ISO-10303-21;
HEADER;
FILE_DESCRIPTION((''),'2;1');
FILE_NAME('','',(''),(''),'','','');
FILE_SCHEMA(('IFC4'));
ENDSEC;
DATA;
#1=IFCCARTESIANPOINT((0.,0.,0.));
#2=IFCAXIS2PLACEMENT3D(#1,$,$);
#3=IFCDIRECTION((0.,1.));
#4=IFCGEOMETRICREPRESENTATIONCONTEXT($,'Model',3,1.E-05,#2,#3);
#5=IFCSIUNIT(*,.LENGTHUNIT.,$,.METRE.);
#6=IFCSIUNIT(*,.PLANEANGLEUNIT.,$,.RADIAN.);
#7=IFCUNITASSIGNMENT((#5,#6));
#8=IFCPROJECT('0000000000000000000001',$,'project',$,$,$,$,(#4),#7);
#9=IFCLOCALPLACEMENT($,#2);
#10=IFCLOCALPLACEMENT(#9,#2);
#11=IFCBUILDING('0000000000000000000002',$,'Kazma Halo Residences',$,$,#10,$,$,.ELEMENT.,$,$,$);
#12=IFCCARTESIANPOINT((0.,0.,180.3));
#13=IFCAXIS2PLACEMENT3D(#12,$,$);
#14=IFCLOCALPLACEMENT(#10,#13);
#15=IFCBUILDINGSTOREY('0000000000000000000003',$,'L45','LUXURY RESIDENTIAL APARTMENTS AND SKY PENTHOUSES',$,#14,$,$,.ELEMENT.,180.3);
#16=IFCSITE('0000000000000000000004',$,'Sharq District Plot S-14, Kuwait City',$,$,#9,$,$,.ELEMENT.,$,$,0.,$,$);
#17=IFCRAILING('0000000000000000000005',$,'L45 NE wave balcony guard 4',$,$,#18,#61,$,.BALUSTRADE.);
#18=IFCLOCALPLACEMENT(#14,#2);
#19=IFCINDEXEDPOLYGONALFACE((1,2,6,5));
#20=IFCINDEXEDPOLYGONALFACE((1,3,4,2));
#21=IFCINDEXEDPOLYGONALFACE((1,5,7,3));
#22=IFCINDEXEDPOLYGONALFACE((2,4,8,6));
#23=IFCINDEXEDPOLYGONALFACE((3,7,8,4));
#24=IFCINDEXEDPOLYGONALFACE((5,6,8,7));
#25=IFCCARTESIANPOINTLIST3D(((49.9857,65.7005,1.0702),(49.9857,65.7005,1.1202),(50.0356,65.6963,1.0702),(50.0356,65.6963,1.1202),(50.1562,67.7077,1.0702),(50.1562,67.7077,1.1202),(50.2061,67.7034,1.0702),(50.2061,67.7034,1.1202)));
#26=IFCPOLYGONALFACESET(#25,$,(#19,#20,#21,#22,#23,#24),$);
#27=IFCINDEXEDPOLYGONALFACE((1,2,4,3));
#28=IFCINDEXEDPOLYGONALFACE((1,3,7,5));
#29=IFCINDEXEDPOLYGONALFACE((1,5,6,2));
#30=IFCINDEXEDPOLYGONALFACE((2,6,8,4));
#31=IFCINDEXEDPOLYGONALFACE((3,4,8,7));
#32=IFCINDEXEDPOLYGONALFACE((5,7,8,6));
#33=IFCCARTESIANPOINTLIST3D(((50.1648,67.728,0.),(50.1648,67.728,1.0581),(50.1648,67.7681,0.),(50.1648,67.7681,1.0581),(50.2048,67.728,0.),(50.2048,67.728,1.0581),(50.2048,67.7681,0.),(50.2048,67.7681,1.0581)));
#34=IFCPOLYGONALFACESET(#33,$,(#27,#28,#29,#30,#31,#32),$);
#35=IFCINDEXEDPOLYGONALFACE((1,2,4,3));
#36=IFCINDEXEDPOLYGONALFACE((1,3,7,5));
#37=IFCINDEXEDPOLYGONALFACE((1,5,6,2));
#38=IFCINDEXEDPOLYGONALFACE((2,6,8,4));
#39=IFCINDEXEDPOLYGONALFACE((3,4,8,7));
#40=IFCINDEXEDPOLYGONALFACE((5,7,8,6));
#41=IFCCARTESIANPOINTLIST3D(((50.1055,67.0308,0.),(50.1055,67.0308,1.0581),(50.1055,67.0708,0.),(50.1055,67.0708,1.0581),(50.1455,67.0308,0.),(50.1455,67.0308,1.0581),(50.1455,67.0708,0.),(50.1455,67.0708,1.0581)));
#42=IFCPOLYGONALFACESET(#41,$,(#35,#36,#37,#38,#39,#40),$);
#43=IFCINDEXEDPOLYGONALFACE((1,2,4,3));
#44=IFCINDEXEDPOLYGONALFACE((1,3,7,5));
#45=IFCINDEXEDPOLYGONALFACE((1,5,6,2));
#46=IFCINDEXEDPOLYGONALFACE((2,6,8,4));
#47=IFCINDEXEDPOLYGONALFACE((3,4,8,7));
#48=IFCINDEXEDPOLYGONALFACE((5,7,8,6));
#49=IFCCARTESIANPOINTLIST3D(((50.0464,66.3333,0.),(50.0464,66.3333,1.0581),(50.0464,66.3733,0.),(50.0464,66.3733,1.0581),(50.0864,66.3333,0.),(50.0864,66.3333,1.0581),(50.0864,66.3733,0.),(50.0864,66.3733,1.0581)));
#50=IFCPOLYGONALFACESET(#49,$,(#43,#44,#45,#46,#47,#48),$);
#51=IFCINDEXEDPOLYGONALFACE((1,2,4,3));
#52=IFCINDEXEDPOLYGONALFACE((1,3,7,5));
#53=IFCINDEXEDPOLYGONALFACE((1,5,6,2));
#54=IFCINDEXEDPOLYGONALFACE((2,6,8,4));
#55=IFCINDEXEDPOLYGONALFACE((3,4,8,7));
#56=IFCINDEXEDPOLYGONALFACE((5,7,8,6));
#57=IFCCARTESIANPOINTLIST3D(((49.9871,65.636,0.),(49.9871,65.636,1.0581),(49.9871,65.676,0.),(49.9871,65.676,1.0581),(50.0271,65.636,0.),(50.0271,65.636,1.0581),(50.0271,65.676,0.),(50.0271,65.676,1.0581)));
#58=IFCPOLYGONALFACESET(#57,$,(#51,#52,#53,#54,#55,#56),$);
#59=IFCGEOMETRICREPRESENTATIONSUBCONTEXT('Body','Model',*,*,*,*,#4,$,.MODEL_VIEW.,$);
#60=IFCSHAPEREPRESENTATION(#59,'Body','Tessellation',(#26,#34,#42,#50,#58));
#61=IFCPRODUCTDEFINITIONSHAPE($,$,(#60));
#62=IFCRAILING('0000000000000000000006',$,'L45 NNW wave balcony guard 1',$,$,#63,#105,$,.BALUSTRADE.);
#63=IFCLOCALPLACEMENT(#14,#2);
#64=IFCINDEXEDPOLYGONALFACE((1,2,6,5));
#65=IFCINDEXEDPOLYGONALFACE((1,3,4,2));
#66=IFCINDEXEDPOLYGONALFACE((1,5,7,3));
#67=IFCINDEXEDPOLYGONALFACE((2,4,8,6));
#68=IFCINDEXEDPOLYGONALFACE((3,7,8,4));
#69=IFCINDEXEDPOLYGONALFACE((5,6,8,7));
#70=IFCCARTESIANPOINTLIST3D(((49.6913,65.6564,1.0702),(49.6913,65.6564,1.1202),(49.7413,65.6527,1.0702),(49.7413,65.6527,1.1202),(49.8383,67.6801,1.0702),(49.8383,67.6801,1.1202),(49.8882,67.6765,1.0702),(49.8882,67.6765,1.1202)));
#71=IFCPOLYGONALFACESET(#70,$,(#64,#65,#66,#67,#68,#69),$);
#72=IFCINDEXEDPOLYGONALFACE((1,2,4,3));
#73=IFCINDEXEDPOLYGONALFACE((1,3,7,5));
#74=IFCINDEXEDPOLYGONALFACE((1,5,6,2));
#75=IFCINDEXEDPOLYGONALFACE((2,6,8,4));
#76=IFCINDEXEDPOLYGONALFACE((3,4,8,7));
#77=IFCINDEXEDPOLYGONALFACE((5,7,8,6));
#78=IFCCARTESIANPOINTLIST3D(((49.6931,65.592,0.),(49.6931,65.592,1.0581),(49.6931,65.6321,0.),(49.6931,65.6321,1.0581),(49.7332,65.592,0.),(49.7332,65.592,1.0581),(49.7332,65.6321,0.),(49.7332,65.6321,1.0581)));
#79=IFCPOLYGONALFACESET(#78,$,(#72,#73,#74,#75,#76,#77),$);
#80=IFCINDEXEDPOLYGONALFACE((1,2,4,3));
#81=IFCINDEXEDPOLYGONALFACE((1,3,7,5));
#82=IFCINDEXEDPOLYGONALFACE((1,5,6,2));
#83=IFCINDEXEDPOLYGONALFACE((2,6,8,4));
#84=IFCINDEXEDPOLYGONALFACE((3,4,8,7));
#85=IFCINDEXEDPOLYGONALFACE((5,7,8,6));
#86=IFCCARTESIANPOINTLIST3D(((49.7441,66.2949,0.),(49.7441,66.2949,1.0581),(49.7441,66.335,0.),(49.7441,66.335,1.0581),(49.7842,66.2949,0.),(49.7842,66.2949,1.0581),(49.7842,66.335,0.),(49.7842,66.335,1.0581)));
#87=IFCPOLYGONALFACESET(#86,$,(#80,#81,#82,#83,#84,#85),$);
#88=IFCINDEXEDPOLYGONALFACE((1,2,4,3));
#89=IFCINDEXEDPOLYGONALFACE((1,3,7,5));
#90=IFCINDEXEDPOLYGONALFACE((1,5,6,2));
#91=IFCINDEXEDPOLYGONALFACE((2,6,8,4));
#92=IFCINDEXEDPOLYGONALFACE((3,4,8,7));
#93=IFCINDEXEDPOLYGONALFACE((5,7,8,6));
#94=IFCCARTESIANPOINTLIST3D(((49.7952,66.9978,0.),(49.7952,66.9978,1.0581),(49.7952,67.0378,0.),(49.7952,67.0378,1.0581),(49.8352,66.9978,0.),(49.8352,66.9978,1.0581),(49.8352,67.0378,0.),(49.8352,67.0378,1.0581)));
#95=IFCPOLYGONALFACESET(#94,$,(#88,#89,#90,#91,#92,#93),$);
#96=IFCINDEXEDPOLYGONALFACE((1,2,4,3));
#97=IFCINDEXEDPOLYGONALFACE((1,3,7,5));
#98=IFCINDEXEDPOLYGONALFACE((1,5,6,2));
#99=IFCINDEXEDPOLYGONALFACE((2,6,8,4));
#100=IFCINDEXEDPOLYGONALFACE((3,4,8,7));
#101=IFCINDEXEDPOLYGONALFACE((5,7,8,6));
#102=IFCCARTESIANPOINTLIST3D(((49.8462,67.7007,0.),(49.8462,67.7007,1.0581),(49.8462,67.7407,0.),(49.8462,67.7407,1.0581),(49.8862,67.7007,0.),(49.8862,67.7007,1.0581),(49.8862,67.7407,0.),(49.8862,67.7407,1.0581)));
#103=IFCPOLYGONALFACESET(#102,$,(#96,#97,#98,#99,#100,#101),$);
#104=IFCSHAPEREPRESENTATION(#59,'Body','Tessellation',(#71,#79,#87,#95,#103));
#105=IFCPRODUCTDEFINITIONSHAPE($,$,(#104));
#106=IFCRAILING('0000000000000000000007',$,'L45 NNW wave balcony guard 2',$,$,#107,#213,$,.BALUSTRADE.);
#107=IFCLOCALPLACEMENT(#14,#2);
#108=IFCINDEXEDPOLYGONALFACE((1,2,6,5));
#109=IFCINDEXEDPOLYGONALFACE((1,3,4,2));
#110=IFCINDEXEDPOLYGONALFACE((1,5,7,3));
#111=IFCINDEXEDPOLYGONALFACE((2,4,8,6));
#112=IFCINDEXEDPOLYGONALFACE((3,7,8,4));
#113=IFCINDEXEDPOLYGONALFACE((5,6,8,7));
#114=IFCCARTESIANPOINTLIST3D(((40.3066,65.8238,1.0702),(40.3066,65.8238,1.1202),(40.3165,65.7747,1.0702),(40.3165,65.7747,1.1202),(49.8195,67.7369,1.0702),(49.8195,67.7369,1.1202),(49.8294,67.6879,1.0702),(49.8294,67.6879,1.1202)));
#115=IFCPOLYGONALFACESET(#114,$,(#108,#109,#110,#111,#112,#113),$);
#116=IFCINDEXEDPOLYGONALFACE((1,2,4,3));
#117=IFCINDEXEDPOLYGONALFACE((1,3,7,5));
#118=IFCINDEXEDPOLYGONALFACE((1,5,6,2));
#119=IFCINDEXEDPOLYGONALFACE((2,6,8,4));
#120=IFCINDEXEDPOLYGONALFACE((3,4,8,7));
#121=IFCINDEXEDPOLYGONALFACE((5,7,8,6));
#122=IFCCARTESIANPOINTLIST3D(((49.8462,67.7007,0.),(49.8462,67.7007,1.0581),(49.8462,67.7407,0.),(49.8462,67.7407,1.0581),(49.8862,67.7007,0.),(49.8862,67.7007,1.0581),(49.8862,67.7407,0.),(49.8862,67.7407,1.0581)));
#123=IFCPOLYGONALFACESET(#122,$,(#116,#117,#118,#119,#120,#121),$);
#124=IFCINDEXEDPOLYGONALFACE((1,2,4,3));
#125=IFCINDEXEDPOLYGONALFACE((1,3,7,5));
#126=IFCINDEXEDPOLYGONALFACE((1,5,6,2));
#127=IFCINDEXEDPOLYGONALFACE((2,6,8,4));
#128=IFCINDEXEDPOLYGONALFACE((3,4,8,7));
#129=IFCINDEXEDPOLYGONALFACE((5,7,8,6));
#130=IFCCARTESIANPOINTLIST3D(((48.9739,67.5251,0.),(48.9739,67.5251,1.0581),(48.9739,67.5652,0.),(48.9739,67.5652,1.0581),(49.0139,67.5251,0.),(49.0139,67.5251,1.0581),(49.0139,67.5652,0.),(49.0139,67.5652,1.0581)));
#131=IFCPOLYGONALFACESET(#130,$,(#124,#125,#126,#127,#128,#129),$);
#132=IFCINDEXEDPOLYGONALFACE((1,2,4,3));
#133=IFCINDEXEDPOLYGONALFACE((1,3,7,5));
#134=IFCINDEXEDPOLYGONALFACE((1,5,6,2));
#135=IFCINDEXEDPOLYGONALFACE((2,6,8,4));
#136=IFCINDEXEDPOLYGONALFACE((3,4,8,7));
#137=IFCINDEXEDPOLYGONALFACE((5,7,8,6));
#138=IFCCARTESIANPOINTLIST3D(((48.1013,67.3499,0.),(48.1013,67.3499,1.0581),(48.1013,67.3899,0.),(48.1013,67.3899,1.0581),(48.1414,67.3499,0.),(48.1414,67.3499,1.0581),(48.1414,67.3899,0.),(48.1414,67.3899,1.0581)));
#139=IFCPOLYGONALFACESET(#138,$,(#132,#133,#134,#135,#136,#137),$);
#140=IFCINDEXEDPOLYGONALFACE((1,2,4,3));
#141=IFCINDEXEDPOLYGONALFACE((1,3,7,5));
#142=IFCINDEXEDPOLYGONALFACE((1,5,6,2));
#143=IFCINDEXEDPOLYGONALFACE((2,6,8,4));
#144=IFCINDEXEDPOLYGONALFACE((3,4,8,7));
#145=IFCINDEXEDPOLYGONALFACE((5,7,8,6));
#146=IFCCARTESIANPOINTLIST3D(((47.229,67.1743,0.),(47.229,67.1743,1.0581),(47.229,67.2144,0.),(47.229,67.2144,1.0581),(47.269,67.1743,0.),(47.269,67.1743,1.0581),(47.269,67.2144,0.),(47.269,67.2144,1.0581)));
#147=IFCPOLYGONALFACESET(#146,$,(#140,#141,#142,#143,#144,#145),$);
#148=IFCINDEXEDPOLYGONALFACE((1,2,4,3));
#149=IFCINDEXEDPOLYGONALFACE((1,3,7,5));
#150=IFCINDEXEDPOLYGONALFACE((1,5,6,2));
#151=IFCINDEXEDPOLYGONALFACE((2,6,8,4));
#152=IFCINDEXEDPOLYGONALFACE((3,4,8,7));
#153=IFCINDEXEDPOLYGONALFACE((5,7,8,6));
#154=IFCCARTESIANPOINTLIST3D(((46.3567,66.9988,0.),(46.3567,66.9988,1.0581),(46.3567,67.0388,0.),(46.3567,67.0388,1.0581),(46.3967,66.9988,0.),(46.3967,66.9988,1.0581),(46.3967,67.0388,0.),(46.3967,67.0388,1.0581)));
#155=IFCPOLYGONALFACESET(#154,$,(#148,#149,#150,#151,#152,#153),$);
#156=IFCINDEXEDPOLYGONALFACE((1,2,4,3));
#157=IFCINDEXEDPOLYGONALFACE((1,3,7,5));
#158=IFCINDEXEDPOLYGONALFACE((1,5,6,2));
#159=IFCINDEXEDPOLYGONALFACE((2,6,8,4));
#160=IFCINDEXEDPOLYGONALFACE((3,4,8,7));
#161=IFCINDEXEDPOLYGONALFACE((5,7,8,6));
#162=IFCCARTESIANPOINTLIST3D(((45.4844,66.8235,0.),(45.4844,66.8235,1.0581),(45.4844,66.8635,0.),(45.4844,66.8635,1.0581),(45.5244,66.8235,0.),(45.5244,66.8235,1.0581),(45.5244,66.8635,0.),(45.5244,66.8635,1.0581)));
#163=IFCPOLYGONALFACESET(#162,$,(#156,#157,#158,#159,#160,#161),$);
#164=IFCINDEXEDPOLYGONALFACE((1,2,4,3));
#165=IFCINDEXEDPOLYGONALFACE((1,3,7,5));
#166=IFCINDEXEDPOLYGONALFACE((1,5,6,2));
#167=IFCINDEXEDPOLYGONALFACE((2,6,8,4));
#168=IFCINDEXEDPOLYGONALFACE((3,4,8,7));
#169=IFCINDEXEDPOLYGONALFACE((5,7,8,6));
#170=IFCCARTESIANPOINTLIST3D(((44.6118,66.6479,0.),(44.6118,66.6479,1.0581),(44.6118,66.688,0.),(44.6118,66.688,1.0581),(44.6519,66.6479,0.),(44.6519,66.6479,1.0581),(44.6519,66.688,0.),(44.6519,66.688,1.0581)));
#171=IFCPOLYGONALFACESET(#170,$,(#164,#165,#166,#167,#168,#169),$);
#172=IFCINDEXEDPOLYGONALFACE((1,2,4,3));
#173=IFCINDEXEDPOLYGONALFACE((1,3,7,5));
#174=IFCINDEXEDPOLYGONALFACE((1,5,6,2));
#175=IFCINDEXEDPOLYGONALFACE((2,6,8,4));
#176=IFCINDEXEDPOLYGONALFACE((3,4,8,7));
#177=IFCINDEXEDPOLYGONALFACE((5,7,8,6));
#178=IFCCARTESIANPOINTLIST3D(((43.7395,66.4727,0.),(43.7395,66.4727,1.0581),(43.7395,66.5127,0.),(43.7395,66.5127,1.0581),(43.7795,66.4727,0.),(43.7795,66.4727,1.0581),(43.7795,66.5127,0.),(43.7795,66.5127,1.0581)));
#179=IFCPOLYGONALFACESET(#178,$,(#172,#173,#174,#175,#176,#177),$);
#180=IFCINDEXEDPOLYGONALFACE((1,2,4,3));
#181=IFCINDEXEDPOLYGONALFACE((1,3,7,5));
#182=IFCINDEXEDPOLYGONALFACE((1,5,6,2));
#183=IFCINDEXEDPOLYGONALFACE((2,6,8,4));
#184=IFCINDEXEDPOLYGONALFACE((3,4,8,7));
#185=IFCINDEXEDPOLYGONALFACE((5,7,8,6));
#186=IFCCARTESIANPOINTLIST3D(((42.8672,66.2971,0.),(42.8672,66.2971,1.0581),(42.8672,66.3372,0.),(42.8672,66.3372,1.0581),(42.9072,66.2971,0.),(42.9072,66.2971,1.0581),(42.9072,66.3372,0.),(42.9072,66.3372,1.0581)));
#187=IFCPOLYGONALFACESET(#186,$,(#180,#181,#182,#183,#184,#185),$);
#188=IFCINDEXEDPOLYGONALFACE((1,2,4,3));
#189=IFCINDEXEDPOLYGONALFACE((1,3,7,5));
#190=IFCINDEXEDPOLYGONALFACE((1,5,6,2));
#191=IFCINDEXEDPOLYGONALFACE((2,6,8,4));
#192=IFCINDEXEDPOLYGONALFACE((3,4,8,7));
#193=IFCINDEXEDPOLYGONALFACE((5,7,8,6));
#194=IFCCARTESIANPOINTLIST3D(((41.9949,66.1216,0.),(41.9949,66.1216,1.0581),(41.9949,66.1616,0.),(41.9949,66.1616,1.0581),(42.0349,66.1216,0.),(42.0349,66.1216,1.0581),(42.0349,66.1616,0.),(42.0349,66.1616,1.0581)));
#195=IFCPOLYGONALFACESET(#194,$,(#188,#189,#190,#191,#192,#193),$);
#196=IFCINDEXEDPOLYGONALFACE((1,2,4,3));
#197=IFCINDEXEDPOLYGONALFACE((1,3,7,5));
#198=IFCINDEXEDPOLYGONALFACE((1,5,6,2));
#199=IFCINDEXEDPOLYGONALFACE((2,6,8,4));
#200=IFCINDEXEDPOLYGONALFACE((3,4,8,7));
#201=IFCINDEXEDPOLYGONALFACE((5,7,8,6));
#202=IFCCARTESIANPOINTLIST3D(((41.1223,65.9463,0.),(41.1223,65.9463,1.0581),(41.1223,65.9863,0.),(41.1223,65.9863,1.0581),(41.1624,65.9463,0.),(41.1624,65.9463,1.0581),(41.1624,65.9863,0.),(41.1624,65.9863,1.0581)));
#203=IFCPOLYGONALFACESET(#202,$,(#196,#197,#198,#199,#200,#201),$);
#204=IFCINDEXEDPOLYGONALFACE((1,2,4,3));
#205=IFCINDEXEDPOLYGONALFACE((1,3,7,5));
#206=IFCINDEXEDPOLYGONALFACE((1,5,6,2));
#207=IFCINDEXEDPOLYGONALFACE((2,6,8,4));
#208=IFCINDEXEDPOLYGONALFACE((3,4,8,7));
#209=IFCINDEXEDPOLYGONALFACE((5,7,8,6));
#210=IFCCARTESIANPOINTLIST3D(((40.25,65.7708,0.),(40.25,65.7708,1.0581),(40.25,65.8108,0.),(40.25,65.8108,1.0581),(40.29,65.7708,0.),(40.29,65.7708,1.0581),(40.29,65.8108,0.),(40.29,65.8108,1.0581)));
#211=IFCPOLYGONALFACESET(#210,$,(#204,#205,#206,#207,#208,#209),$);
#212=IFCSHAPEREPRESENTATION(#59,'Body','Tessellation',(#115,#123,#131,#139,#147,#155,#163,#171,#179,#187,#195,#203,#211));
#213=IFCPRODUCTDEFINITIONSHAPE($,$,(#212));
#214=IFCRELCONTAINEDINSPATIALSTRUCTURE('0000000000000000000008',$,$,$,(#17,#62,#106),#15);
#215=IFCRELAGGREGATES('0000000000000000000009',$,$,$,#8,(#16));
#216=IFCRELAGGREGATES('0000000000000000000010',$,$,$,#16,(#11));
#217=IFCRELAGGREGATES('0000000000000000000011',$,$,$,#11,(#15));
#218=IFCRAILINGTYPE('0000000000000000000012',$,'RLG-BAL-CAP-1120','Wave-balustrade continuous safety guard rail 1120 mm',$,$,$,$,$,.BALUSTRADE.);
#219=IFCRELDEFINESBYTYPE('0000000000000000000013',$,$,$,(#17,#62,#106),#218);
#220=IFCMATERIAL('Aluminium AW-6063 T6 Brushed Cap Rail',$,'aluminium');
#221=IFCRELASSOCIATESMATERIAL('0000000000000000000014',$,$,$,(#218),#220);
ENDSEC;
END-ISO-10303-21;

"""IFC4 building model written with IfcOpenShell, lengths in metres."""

from ifc_helpers import new_model, si_unit, direction, frame, origin, origin_2d, place, context, subcontext, project, spatial, rectangle, extrude, material, type_object, element, save


model = new_model("IFC4")

# Units and contexts
model_context = context("Model", 3, precision=1e-05, world=origin(), true_north=direction((0.0, 1.0)))
body_context = subcontext(model_context, "Body", "Model", "MODEL_VIEW")
ifc_project = project(units=[si_unit("LENGTHUNIT", "METRE"), si_unit("PLANEANGLEUNIT", "RADIAN")], contexts=[model_context])

# Site, building, storey
site_placement = place(None, origin())
site = spatial("IfcSite", under=ifc_project, at=site_placement, Name="Sharq District Plot S-14, Kuwait City", CompositionType="ELEMENT", RefElevation=0.0)
building_placement = place(site_placement, origin())
building = spatial("IfcBuilding", under=site, at=building_placement, Name="Kazma Halo Residences", CompositionType="ELEMENT")
storey_placement = place(building_placement, frame((0.0, 0.0, 180.3)))
storey = spatial("IfcBuildingStorey", under=building, at=storey_placement, Name="L45", Description="LUXURY RESIDENTIAL APARTMENTS AND SKY PENTHOUSES", CompositionType="ELEMENT", Elevation=180.3)

# Railings
ifc_material_1 = material(Name="Aluminium AW-6063 T6 Brushed Cap Rail", Category="aluminium")
railing_type = type_object("IfcRailingType", Name="RLG-BAL-CAP-1120", Description="Wave-balustrade continuous safety guard rail 1120 mm", PredefinedType="BALUSTRADE", material=ifc_material_1)
railing_1_placement = place(storey_placement, frame((50.1848, 67.748, 0.0)))
element("IfcRailing", 1, at=railing_1_placement, inside=storey, type_object=railing_type, Name="L45 NE wave balcony guard 4", PredefinedType="BALUSTRADE", context=body_context, shape_type="SweptSolid", body=[
    extrude(rectangle(XDim=0.05, YDim=0.05, at=origin_2d()), frame((-0.0037, -0.0425, 1.0952), z_axis=(-0.084652, -0.996411, 0.0), x_axis=(0.996411, -0.084652, 0.0)), (0.0, 0.0, 1.0), 2.0144),
    extrude(rectangle(XDim=0.04, YDim=0.04, at=origin_2d()), origin(), (0.0, 0.0, 1.0), 1.0581),
    extrude(rectangle(XDim=0.04, YDim=0.04, at=origin_2d()), frame((-0.0593, -0.6973, 0.0)), (0.0, 0.0, 1.0), 1.0581),
    extrude(rectangle(XDim=0.04, YDim=0.04, at=origin_2d()), frame((-0.1184, -1.3948, 0.0)), (0.0, 0.0, 1.0), 1.0581),
    extrude(rectangle(XDim=0.04, YDim=0.04, at=origin_2d()), frame((-0.1777, -2.092, 0.0)), (0.0, 0.0, 1.0), 1.0581),
])
railing_2_placement = place(storey_placement, frame((49.7131, 65.6121, 0.0)))
element("IfcRailing", 2, at=railing_2_placement, inside=storey, type_object=railing_type, Name="L45 NNW wave balcony guard 1", PredefinedType="BALUSTRADE", context=body_context, shape_type="SweptSolid", body=[
    extrude(rectangle(XDim=0.05, YDim=0.05, at=origin_2d()), frame((0.0032, 0.0425, 1.0952), z_axis=(0.072404, 0.997375, 0.0), x_axis=(-0.997375, 0.072404, 0.0)), (0.0, 0.0, 1.0), 2.0291),
    extrude(rectangle(XDim=0.04, YDim=0.04, at=origin_2d()), origin(), (0.0, 0.0, 1.0), 1.0581),
    extrude(rectangle(XDim=0.04, YDim=0.04, at=origin_2d()), frame((0.051, 0.7029, 0.0)), (0.0, 0.0, 1.0), 1.0581),
    extrude(rectangle(XDim=0.04, YDim=0.04, at=origin_2d()), frame((0.1021, 1.4058, 0.0)), (0.0, 0.0, 1.0), 1.0581),
    extrude(rectangle(XDim=0.04, YDim=0.04, at=origin_2d()), frame((0.1531, 2.1086, 0.0)), (0.0, 0.0, 1.0), 1.0581),
])
railing_3_placement = place(storey_placement, frame((49.8662, 67.7207, 0.0)))
element("IfcRailing", 3, at=railing_3_placement, inside=storey, type_object=railing_type, Name="L45 NNW wave balcony guard 2", PredefinedType="BALUSTRADE", context=body_context, shape_type="SweptSolid", body=[
    extrude(rectangle(XDim=0.05, YDim=0.05, at=origin_2d()), frame((-0.0417, -0.0083, 1.0952), z_axis=(-0.98037, -0.197166, 0.0), x_axis=(0.197166, -0.98037, 0.0)), (0.0, 0.0, 1.0), 9.7034),
    extrude(rectangle(XDim=0.04, YDim=0.04, at=origin_2d()), origin(), (0.0, 0.0, 1.0), 1.0581),
    extrude(rectangle(XDim=0.04, YDim=0.04, at=origin_2d()), frame((-0.8723, -0.1755, 0.0)), (0.0, 0.0, 1.0), 1.0581),
    extrude(rectangle(XDim=0.04, YDim=0.04, at=origin_2d()), frame((-1.7449, -0.3508, 0.0)), (0.0, 0.0, 1.0), 1.0581),
    extrude(rectangle(XDim=0.04, YDim=0.04, at=origin_2d()), frame((-2.6172, -0.5264, 0.0)), (0.0, 0.0, 1.0), 1.0581),
    extrude(rectangle(XDim=0.04, YDim=0.04, at=origin_2d()), frame((-3.4895, -0.7019, 0.0)), (0.0, 0.0, 1.0), 1.0581),
    extrude(rectangle(XDim=0.04, YDim=0.04, at=origin_2d()), frame((-4.3618, -0.8772, 0.0)), (0.0, 0.0, 1.0), 1.0581),
    extrude(rectangle(XDim=0.04, YDim=0.04, at=origin_2d()), frame((-5.2344, -1.0527, 0.0)), (0.0, 0.0, 1.0), 1.0581),
    extrude(rectangle(XDim=0.04, YDim=0.04, at=origin_2d()), frame((-6.1067, -1.228, 0.0)), (0.0, 0.0, 1.0), 1.0581),
    extrude(rectangle(XDim=0.04, YDim=0.04, at=origin_2d()), frame((-6.979, -1.4036, 0.0)), (0.0, 0.0, 1.0), 1.0581),
    extrude(rectangle(XDim=0.04, YDim=0.04, at=origin_2d()), frame((-7.8513, -1.5791, 0.0)), (0.0, 0.0, 1.0), 1.0581),
    extrude(rectangle(XDim=0.04, YDim=0.04, at=origin_2d()), frame((-8.7239, -1.7544, 0.0)), (0.0, 0.0, 1.0), 1.0581),
    extrude(rectangle(XDim=0.04, YDim=0.04, at=origin_2d()), frame((-9.5962, -1.9299, 0.0)), (0.0, 0.0, 1.0), 1.0581),
])

save(model, "model.ifc")
